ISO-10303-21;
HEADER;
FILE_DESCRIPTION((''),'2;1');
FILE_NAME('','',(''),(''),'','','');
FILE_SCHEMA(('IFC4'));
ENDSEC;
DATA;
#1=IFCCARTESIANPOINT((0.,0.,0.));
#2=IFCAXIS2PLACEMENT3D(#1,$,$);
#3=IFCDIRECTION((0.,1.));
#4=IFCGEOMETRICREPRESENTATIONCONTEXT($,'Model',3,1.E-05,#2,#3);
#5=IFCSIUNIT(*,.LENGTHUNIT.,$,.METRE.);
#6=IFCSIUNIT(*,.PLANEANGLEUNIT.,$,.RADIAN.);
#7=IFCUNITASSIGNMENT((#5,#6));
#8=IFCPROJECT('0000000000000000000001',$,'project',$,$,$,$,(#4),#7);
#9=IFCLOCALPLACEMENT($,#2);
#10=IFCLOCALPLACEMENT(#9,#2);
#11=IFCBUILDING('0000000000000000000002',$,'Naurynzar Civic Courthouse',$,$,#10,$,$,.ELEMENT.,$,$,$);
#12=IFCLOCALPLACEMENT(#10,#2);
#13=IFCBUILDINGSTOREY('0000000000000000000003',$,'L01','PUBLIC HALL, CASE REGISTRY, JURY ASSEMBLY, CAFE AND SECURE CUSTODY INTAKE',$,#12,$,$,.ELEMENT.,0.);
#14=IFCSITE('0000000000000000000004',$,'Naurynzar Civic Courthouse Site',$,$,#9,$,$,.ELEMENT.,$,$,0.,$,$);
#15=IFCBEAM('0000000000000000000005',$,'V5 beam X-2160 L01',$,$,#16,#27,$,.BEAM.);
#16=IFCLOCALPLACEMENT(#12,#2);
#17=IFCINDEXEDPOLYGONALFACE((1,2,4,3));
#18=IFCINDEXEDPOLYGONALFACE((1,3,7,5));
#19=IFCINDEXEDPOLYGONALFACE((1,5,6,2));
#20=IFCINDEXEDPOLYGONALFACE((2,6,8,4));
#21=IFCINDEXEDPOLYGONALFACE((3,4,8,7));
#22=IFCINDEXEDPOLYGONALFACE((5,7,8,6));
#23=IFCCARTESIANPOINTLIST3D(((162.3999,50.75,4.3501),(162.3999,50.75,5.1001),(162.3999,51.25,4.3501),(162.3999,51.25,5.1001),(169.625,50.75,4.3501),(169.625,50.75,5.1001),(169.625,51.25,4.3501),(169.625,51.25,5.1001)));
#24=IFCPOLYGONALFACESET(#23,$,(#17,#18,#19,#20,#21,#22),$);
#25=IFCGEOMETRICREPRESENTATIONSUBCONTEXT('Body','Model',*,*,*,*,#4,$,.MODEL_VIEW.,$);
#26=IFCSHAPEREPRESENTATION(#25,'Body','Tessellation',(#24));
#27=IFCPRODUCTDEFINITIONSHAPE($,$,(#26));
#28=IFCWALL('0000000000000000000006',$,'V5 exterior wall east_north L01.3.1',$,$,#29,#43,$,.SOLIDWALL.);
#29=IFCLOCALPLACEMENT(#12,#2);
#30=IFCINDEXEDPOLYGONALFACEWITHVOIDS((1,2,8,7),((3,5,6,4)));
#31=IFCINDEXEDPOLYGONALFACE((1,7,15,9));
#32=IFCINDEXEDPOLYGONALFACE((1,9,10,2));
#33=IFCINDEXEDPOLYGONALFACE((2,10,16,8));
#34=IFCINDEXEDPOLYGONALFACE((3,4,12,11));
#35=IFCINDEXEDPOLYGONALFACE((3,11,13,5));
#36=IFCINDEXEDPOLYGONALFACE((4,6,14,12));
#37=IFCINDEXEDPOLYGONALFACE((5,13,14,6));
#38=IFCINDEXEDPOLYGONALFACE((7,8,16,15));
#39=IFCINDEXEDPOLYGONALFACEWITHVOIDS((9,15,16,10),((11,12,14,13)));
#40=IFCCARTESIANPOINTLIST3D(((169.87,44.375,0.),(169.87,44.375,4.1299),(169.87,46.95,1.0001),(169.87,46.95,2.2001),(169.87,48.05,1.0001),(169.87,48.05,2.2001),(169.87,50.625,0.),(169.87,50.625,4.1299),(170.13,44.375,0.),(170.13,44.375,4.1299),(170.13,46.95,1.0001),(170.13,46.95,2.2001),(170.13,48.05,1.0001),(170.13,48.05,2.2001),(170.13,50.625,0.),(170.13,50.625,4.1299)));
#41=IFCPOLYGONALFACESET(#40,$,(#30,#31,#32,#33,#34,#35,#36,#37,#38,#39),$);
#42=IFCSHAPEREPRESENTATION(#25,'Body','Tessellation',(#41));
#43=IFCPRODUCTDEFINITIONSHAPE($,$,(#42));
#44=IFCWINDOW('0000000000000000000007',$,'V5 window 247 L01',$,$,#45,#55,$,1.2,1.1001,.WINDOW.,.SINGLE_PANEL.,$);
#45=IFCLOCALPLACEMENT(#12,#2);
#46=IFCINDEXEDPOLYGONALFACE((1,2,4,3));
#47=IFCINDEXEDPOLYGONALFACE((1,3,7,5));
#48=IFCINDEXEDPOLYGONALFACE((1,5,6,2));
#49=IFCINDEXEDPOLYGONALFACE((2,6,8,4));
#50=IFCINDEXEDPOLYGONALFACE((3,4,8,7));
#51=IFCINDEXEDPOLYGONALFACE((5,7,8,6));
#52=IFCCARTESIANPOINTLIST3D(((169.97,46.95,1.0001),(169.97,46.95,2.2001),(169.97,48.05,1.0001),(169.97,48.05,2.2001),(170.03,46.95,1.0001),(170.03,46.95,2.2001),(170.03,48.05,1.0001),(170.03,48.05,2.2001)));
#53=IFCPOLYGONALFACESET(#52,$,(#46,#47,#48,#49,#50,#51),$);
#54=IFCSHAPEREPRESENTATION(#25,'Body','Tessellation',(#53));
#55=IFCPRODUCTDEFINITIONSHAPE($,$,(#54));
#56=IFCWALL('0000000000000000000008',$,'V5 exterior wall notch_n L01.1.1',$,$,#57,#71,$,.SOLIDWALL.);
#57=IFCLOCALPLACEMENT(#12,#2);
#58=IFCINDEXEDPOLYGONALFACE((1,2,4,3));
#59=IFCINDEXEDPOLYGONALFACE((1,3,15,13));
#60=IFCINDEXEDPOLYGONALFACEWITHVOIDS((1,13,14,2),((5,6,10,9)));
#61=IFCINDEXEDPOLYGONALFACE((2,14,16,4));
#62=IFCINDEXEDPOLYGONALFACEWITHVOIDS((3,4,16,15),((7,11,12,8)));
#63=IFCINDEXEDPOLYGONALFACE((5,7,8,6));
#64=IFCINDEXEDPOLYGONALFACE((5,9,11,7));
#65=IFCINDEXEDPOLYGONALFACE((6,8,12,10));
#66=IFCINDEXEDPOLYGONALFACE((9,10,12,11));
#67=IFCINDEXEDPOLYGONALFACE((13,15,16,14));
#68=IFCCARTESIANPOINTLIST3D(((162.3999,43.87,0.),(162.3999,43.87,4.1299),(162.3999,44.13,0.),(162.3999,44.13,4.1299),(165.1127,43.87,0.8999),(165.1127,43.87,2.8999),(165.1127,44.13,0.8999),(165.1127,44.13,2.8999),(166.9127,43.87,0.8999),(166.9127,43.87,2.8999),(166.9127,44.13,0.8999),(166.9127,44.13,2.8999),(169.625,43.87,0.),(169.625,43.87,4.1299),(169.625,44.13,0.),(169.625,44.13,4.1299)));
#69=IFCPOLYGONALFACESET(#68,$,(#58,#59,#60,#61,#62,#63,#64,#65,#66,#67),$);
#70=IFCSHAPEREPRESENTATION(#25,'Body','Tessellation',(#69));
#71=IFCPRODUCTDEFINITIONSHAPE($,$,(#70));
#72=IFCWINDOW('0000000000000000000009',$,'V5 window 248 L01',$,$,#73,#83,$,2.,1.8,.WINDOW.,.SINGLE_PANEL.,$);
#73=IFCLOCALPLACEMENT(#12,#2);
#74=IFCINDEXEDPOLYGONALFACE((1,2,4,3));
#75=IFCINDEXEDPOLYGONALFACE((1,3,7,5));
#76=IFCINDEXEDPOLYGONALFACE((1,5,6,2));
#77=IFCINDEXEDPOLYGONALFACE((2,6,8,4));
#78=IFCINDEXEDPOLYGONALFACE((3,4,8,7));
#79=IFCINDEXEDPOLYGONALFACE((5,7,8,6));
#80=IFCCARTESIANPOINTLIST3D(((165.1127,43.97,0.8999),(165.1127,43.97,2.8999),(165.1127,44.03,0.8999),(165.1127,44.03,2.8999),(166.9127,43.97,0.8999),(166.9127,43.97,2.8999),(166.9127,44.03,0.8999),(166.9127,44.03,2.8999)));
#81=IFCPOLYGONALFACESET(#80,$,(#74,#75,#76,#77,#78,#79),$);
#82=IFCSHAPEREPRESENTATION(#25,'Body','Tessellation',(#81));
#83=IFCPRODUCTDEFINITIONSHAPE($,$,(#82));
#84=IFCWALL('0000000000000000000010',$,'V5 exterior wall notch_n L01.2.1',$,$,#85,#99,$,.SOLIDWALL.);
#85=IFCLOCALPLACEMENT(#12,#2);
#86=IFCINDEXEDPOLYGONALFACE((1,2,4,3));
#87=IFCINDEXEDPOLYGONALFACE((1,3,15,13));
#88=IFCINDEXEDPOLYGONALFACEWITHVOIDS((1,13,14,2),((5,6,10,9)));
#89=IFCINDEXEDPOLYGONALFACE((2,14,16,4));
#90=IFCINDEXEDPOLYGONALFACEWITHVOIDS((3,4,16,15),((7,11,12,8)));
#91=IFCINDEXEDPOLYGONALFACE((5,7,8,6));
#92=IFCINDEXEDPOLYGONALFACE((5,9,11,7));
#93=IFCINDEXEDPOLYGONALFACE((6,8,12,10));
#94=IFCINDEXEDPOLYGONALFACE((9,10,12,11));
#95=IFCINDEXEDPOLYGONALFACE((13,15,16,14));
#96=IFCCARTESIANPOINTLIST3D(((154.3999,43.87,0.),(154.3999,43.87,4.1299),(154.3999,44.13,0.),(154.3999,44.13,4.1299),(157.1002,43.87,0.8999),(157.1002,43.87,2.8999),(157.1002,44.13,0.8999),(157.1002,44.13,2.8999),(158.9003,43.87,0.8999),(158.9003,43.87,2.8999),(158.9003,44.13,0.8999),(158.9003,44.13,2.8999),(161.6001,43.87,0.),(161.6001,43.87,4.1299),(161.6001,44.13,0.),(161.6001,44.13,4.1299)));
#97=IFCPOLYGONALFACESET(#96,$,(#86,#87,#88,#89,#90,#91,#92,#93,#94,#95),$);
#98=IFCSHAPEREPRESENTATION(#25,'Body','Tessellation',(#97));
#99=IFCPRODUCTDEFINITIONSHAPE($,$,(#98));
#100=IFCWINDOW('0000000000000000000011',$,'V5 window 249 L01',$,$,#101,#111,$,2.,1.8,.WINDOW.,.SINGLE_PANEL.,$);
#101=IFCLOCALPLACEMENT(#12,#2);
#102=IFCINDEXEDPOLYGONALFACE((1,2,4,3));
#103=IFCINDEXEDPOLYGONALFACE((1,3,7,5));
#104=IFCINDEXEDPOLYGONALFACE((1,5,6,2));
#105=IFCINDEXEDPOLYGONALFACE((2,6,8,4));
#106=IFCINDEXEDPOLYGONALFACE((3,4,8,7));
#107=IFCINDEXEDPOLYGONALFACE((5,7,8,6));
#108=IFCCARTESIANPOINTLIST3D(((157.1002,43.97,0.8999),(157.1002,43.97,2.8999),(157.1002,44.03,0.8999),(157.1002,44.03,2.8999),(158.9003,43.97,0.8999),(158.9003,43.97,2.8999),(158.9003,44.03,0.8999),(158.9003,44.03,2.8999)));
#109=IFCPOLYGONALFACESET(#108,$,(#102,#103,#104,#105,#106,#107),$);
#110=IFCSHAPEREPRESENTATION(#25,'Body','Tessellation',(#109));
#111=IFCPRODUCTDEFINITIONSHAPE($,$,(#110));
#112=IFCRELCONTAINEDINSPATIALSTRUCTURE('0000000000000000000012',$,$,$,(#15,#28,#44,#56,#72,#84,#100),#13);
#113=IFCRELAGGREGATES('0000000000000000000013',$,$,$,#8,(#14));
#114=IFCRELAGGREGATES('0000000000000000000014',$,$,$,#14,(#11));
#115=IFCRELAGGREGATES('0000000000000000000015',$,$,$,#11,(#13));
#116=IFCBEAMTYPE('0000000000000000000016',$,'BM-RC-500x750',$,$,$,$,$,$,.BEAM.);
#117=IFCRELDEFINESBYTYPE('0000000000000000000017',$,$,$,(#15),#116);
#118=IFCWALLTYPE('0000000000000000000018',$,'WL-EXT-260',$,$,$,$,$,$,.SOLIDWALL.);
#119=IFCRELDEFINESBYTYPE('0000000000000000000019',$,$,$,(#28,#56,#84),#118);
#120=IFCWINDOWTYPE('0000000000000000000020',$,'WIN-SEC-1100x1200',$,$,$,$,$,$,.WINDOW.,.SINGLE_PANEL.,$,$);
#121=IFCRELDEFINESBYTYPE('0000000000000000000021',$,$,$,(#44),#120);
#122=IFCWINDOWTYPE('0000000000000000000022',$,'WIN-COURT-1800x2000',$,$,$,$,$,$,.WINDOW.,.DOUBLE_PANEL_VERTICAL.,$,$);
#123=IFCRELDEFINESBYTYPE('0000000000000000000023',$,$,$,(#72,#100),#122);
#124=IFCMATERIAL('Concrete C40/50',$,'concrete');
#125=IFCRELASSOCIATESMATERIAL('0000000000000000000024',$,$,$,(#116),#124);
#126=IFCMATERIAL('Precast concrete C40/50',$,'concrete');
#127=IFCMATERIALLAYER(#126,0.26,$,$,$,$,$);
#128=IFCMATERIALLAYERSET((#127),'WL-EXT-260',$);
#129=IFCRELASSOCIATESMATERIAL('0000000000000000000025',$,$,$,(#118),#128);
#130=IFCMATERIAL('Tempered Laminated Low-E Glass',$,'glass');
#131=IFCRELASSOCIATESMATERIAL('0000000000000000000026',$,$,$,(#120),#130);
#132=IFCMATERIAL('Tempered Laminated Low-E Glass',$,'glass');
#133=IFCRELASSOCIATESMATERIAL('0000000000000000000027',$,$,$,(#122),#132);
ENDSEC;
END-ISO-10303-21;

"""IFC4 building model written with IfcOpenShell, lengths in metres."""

from ifc_helpers import new_model, si_unit, direction, frame, frame_2d, origin, origin_2d, place, context, subcontext, project, spatial, rectangle, extrude, material, layer, layer_set, material_profile, profile_set, type_object, element, fill, save


model = new_model("IFC4")

# Units and contexts
model_context = context("Model", 3, precision=1e-05, world=origin(), true_north=direction((0.0, 1.0)))
body_context = subcontext(model_context, "Body", "Model", "MODEL_VIEW")
ifc_project = project(units=[si_unit("LENGTHUNIT", "METRE"), si_unit("PLANEANGLEUNIT", "RADIAN")], contexts=[model_context])

# Site, building, storey
site_placement = place(None, origin())
site = spatial("IfcSite", under=ifc_project, at=site_placement, Name="Naurynzar Civic Courthouse Site", CompositionType="ELEMENT", RefElevation=0.0)
building_placement = place(site_placement, origin())
building = spatial("IfcBuilding", under=site, at=building_placement, Name="Naurynzar Civic Courthouse", CompositionType="ELEMENT")
storey_placement = place(building_placement, origin())
storey = spatial("IfcBuildingStorey", under=building, at=storey_placement, Name="L01", Description="PUBLIC HALL, CASE REGISTRY, JURY ASSEMBLY, CAFE AND SECURE CUSTODY INTAKE", CompositionType="ELEMENT", Elevation=0.0)

# Beam
ifc_material_1 = material(Name="Concrete C40/50", Category="concrete")
ifc_material_profile_1 = material_profile(ifc_material_1, rectangle(XDim=0.5, YDim=0.75, at=origin_2d()), Name="RCB 500x750")
ifc_profile_set_1 = profile_set([ifc_material_profile_1], Name="Concrete C40/50")
beam_type_1 = type_object("IfcBeamType", Name="BM-RC-500x750", PredefinedType="BEAM", material=ifc_profile_set_1)
beam_1_placement = place(storey_placement, frame((162.3999, 51.0, 4.7251), z_axis=(1.0, 0.0, 0.0), x_axis=(0.0, 1.0, 0.0)))
element("IfcBeam", 1, at=beam_1_placement, inside=storey, type_object=beam_type_1, Name="V5 beam X-2160 L01", PredefinedType="BEAM", context=body_context, shape_type="SweptSolid", body=[
    extrude(rectangle(XDim=0.5, YDim=0.75, at=origin_2d()), origin(), (0.0, 0.0, 1.0), 7.2251),
])

# Walls, openings, windows
ifc_material_2 = material(Name="Precast concrete C40/50", Category="concrete")
ifc_layer = layer(ifc_material_2, 0.26)
ifc_layer_set = layer_set([ifc_layer], Name="WL-EXT-260")
wall_type = type_object("IfcWallType", Name="WL-EXT-260", PredefinedType="SOLIDWALL", material=ifc_layer_set)
wall_1_placement = place(storey_placement, frame((170.0, 50.625, 0.0), z_axis=(0.0, 0.0, 1.0), x_axis=(0.0, -1.0, 0.0)))
wall_1 = element("IfcWall", 2, at=wall_1_placement, inside=storey, type_object=wall_type, Name="V5 exterior wall east_north L01.3.1", PredefinedType="SOLIDWALL", context=body_context, shape_type="SweptSolid", body=[
    extrude(rectangle(XDim=6.25, YDim=0.26, at=frame_2d((3.125, 0.0))), origin(), (0.0, 0.0, 1.0), 4.1299),
])
opening_1_placement = place(wall_1_placement, frame((2.575, 0.0, 1.0)))
opening_1 = element("IfcOpeningElement", 3, at=opening_1_placement, cuts=wall_1, PredefinedType="OPENING", context=body_context, shape_type="SweptSolid", body=[
    extrude(rectangle(XDim=1.1001, YDim=1.2, at=frame_2d((0.55, 0.6001))), frame((0.0, 0.1399, 0.0), z_axis=(0.0, -1.0, 0.0), x_axis=(1.0, 0.0, 0.0)), (0.0, 0.0, 1.0), 0.28),
])
ifc_material_3 = material(Name="Tempered Laminated Low-E Glass", Category="glass")
window_type_1 = type_object("IfcWindowType", Name="WIN-SEC-1100x1200", PartitioningType="SINGLE_PANEL", PredefinedType="WINDOW", material=ifc_material_3)
window_1_placement = place(opening_1_placement, origin())
window_1 = element("IfcWindow", 4, at=window_1_placement, inside=storey, type_object=window_type_1, Name="V5 window 247 L01", OverallHeight=1.2, OverallWidth=1.1001, PartitioningType="SINGLE_PANEL", PredefinedType="WINDOW", context=body_context, shape_type="SweptSolid", body=[
    extrude(rectangle(XDim=1.1001, YDim=1.2, at=frame_2d((0.55, 0.6001))), frame((0.0, 0.03, 0.0), z_axis=(0.0, -1.0, 0.0), x_axis=(1.0, 0.0, 0.0)), (0.0, 0.0, 1.0), 0.0601),
])
fill(opening_1, window_1)
wall_2_placement = place(storey_placement, frame((169.625, 44.0, 0.0), z_axis=(0.0, 0.0, 1.0), x_axis=(-1.0, 0.0, 0.0)))
wall_2 = element("IfcWall", 5, at=wall_2_placement, inside=storey, type_object=wall_type, Name="V5 exterior wall notch_n L01.1.1", PredefinedType="SOLIDWALL", context=body_context, shape_type="SweptSolid", body=[
    extrude(rectangle(XDim=7.2251, YDim=0.26, at=frame_2d((3.6125, 0.0))), origin(), (0.0, 0.0, 1.0), 4.1299),
])
opening_2_placement = place(wall_2_placement, frame((2.7124, 0.0, 0.8999)))
opening_2 = element("IfcOpeningElement", 6, at=opening_2_placement, cuts=wall_2, PredefinedType="OPENING", context=body_context, shape_type="SweptSolid", body=[
    extrude(rectangle(XDim=1.8, YDim=2.0, at=frame_2d((0.8999, 1.0))), frame((0.0, 0.1399, 0.0), z_axis=(0.0, -1.0, 0.0), x_axis=(1.0, 0.0, 0.0)), (0.0, 0.0, 1.0), 0.28),
])
ifc_material_4 = material(Name="Tempered Laminated Low-E Glass", Category="glass")
window_type_2 = type_object("IfcWindowType", Name="WIN-COURT-1800x2000", PartitioningType="DOUBLE_PANEL_VERTICAL", PredefinedType="WINDOW", material=ifc_material_4)
window_2_placement = place(opening_2_placement, origin())
window_2 = element("IfcWindow", 7, at=window_2_placement, inside=storey, type_object=window_type_2, Name="V5 window 248 L01", OverallHeight=2.0, OverallWidth=1.8, PartitioningType="SINGLE_PANEL", PredefinedType="WINDOW", context=body_context, shape_type="SweptSolid", body=[
    extrude(rectangle(XDim=1.8, YDim=2.0, at=frame_2d((0.8999, 1.0))), frame((0.0, 0.03, 0.0), z_axis=(0.0, -1.0, 0.0), x_axis=(1.0, 0.0, 0.0)), (0.0, 0.0, 1.0), 0.0601),
])
fill(opening_2, window_2)
wall_3_placement = place(storey_placement, frame((161.6001, 44.0, 0.0), z_axis=(0.0, 0.0, 1.0), x_axis=(-1.0, 0.0, 0.0)))
wall_3 = element("IfcWall", 8, at=wall_3_placement, inside=storey, type_object=wall_type, Name="V5 exterior wall notch_n L01.2.1", PredefinedType="SOLIDWALL", context=body_context, shape_type="SweptSolid", body=[
    extrude(rectangle(XDim=7.2002, YDim=0.26, at=frame_2d((3.6001, 0.0))), origin(), (0.0, 0.0, 1.0), 4.1299),
])
opening_3_placement = place(wall_3_placement, frame((2.7, 0.0, 0.8999)))
opening_3 = element("IfcOpeningElement", 9, at=opening_3_placement, cuts=wall_3, PredefinedType="OPENING", context=body_context, shape_type="SweptSolid", body=[
    extrude(rectangle(XDim=1.8, YDim=2.0, at=frame_2d((0.8999, 1.0))), frame((0.0, 0.1399, 0.0), z_axis=(0.0, -1.0, 0.0), x_axis=(1.0, 0.0, 0.0)), (0.0, 0.0, 1.0), 0.28),
])
window_3_placement = place(opening_3_placement, origin())
window_3 = element("IfcWindow", 10, at=window_3_placement, inside=storey, type_object=window_type_2, Name="V5 window 249 L01", OverallHeight=2.0, OverallWidth=1.8, PartitioningType="SINGLE_PANEL", PredefinedType="WINDOW", context=body_context, shape_type="SweptSolid", body=[
    extrude(rectangle(XDim=1.8, YDim=2.0, at=frame_2d((0.8999, 1.0))), frame((0.0, 0.03, 0.0), z_axis=(0.0, -1.0, 0.0), x_axis=(1.0, 0.0, 0.0)), (0.0, 0.0, 1.0), 0.0601),
])
fill(opening_3, window_3)

save(model, "model.ifc")
